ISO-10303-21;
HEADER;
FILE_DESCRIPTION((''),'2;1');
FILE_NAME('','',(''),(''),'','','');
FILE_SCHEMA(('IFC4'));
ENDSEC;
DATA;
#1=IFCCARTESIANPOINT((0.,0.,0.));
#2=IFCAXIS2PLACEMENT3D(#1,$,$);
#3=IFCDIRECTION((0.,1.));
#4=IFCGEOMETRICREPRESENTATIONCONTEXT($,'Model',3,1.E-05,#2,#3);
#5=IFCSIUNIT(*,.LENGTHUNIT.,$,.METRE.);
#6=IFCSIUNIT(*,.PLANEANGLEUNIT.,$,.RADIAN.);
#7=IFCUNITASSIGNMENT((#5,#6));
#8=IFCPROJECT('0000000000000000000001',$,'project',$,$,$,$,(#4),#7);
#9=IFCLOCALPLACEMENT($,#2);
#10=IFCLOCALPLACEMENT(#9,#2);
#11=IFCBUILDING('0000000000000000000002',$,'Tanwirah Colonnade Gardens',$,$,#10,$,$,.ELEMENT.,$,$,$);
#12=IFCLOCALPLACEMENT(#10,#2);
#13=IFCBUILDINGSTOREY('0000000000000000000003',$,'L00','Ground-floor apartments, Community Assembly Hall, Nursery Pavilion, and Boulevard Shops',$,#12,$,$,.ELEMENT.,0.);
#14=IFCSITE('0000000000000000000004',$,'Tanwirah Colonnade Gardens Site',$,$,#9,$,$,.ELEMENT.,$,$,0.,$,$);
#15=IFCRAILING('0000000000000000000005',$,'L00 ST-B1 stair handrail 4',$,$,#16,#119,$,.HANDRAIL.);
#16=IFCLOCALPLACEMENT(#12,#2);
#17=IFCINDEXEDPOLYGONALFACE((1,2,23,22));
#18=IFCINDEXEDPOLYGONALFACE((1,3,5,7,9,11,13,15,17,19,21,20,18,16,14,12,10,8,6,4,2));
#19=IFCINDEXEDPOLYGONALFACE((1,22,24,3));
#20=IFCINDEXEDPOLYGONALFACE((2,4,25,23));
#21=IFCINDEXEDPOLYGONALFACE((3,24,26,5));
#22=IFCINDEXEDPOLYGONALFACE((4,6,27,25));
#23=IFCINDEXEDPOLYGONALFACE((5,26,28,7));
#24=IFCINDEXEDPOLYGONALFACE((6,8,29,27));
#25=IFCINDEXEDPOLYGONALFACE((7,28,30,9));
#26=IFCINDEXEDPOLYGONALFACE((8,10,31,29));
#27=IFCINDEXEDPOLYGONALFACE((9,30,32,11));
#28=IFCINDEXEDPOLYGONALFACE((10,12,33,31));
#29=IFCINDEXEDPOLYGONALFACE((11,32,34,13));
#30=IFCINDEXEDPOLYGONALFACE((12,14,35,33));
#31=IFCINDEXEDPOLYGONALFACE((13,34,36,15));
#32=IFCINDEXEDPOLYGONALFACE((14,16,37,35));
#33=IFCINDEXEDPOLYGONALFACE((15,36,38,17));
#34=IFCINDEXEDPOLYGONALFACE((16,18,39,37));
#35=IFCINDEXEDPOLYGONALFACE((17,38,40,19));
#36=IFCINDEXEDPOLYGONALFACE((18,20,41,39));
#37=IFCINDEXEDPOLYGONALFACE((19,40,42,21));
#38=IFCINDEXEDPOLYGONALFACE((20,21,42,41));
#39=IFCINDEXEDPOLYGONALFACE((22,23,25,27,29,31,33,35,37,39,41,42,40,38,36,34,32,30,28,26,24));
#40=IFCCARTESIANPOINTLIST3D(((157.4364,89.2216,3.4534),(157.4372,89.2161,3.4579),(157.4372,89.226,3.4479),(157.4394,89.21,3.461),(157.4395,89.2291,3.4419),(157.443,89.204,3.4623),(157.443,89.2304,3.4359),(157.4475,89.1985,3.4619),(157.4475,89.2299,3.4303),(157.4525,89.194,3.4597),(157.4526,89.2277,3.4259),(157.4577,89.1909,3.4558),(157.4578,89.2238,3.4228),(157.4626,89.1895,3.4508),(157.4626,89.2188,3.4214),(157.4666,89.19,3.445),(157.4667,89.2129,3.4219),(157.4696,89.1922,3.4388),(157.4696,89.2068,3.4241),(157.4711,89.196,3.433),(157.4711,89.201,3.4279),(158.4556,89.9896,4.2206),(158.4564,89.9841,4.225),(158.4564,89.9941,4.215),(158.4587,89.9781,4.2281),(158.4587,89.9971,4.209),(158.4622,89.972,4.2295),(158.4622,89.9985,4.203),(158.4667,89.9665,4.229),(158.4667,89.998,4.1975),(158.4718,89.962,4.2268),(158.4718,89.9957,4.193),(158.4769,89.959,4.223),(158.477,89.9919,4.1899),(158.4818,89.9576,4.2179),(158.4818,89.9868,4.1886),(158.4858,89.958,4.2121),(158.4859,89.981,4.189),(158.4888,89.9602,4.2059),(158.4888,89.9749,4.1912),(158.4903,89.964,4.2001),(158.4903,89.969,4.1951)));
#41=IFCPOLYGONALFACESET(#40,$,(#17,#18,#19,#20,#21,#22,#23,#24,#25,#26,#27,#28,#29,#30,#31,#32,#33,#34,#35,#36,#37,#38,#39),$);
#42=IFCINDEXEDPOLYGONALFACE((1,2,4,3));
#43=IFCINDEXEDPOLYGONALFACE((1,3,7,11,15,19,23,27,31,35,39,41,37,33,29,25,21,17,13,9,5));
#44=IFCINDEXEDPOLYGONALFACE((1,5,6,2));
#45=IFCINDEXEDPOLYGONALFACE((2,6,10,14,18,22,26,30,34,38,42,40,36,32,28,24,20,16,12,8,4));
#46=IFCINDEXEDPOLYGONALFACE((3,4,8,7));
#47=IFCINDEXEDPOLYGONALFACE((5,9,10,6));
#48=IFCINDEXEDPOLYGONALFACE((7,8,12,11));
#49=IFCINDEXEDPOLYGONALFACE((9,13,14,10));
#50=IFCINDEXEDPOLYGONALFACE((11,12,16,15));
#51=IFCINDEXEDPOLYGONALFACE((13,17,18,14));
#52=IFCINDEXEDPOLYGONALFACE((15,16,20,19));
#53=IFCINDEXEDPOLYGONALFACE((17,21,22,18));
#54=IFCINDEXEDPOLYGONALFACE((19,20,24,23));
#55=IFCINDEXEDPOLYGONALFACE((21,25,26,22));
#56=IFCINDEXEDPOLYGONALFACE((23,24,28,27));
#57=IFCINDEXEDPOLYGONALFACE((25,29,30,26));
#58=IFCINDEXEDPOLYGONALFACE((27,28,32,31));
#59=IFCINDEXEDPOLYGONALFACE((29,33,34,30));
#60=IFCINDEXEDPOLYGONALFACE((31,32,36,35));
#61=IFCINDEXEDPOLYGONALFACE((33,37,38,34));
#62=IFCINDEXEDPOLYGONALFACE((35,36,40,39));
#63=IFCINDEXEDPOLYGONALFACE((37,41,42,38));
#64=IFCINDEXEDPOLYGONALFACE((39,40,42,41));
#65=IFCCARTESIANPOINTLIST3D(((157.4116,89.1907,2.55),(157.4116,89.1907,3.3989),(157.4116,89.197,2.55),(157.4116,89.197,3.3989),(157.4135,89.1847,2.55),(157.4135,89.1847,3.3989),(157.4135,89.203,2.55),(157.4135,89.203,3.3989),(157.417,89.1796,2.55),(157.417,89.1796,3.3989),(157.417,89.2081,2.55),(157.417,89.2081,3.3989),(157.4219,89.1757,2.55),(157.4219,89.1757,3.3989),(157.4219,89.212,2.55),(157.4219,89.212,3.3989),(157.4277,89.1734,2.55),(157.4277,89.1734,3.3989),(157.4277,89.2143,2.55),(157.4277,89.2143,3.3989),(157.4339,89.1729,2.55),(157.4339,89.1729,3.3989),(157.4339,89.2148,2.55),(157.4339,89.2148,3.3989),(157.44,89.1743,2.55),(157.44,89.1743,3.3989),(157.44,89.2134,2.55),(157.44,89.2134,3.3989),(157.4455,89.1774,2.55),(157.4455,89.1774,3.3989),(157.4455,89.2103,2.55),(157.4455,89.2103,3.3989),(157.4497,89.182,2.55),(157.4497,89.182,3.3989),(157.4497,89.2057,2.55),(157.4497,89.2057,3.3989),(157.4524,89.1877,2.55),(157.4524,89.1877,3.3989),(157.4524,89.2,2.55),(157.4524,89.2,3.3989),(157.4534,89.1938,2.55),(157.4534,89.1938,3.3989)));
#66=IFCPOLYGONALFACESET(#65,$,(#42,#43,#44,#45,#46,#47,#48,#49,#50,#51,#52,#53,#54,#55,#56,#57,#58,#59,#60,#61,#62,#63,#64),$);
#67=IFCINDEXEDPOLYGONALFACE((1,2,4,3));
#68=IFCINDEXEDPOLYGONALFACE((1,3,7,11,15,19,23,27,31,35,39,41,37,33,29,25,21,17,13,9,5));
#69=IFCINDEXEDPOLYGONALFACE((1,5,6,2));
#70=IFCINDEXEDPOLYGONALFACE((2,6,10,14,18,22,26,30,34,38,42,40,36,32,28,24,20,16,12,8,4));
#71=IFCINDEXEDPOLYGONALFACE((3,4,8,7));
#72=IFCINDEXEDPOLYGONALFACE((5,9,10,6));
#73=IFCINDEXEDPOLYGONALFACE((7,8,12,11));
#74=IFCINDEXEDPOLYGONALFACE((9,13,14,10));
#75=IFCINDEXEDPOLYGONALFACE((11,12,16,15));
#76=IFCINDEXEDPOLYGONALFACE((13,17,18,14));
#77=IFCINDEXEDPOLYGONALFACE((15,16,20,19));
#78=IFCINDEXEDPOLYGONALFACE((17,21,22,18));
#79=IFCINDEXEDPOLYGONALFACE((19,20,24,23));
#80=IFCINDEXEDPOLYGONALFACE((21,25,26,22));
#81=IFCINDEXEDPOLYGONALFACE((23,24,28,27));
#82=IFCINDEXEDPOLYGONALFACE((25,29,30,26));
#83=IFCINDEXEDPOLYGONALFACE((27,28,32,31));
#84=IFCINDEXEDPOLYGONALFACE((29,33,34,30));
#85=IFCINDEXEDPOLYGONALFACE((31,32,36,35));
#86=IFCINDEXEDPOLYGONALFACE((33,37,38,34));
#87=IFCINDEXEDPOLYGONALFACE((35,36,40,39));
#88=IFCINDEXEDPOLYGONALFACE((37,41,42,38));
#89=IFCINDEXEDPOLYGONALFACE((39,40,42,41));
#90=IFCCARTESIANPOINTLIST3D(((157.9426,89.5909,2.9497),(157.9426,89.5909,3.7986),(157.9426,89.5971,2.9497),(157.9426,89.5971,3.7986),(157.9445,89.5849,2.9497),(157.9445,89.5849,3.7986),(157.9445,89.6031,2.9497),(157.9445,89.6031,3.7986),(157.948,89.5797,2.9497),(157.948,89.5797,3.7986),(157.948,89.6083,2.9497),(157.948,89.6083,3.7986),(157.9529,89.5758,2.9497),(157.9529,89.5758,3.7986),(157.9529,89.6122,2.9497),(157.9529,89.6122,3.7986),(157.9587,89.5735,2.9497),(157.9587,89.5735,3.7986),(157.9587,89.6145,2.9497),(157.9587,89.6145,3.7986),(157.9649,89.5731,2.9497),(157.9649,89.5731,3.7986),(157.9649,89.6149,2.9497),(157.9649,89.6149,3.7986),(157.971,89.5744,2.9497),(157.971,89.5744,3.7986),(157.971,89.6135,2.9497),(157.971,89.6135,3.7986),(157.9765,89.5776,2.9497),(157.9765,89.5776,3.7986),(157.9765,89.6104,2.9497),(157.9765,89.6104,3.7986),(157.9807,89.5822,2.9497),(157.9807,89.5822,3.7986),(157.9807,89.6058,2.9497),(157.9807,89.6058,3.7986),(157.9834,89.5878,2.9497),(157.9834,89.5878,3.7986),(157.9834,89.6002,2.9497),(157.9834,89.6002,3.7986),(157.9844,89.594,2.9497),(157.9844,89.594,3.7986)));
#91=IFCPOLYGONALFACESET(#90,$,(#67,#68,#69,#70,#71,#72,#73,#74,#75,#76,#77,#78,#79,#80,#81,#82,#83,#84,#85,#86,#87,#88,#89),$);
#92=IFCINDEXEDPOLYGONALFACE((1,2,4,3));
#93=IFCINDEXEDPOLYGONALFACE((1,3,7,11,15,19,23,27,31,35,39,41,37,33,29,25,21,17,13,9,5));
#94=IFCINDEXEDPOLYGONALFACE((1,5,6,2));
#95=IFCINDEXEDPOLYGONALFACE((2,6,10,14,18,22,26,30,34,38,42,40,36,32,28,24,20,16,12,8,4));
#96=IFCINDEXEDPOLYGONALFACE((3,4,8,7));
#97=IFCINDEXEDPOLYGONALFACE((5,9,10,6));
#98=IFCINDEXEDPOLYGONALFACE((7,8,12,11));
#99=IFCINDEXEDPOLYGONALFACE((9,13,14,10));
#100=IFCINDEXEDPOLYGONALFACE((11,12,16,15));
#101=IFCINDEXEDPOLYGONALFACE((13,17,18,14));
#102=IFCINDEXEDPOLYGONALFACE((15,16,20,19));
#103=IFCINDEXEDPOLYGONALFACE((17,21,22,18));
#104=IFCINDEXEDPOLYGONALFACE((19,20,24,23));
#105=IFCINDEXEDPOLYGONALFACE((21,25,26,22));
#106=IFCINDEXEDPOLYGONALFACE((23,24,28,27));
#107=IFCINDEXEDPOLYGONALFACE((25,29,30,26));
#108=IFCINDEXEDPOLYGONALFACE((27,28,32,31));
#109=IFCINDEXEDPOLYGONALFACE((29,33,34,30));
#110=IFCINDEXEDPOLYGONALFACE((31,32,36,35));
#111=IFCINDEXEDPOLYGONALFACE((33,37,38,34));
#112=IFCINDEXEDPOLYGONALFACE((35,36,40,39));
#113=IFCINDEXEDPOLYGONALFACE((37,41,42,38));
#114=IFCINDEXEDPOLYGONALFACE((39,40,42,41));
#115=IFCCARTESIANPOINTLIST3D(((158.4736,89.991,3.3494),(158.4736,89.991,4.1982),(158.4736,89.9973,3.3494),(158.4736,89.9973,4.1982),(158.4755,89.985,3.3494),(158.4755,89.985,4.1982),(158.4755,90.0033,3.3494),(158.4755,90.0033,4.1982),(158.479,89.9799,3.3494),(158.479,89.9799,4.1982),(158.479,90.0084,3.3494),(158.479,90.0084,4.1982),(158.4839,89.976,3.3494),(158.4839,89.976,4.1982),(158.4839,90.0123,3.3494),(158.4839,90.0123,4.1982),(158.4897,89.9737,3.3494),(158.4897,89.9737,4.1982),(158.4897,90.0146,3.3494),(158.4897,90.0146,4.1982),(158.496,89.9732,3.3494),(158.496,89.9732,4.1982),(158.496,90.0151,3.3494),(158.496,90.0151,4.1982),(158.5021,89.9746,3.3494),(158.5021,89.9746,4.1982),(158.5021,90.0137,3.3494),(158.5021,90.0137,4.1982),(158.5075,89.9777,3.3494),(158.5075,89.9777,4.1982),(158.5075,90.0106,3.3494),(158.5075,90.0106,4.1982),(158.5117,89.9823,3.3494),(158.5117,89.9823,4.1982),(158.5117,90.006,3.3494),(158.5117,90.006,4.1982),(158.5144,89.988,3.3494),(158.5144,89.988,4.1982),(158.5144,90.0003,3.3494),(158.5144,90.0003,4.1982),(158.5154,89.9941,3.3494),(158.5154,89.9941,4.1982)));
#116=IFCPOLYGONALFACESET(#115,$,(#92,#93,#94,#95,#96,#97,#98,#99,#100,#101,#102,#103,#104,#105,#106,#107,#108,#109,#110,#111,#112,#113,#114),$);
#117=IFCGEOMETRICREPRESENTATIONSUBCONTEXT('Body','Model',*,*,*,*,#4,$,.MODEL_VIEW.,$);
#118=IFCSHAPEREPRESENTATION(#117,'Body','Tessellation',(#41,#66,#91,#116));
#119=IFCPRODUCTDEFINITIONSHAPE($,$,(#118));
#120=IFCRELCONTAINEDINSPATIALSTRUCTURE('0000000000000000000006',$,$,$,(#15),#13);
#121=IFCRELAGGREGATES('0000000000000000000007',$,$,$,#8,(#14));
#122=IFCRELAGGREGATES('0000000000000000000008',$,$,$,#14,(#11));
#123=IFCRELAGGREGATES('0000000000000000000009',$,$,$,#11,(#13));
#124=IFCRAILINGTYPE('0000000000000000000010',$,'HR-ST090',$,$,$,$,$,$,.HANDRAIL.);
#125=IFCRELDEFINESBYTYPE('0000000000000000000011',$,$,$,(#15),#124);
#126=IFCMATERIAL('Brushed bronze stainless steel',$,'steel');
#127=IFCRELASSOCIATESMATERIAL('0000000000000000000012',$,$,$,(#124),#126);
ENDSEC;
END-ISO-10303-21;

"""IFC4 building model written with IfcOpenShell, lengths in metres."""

from ifc_helpers import new_model, si_unit, direction, frame, origin, origin_2d, place, context, subcontext, project, spatial, circle, extrude, material, type_object, element, save


model = new_model("IFC4")

# Units and contexts
model_context = context("Model", 3, precision=1e-05, world=origin(), true_north=direction((0.0, 1.0)))
body_context = subcontext(model_context, "Body", "Model", "MODEL_VIEW")
ifc_project = project(units=[si_unit("LENGTHUNIT", "METRE"), si_unit("PLANEANGLEUNIT", "RADIAN")], contexts=[model_context])

# Site, building, storey
site_placement = place(None, origin())
site = spatial("IfcSite", under=ifc_project, at=site_placement, Name="Tanwirah Colonnade Gardens Site", CompositionType="ELEMENT", RefElevation=0.0)
building_placement = place(site_placement, origin())
building = spatial("IfcBuilding", under=site, at=building_placement, Name="Tanwirah Colonnade Gardens", CompositionType="ELEMENT")
storey_placement = place(building_placement, origin())
storey = spatial("IfcBuildingStorey", under=building, at=storey_placement, Name="L00", Description="Ground-floor apartments, Community Assembly Hall, Nursery Pavilion, and Boulevard Shops", CompositionType="ELEMENT", Elevation=0.0)

# Railing
ifc_material_1 = material(Name="Brushed bronze stainless steel", Category="steel")
railing_type = type_object("IfcRailingType", Name="HR-ST090", PredefinedType="HANDRAIL", material=ifc_material_1)
railing_1_placement = place(storey_placement, frame((157.4324, 89.1938, 2.55)))
element("IfcRailing", 1, at=railing_1_placement, inside=storey, type_object=railing_type, Name="L00 ST-B1 stair handrail 4", PredefinedType="HANDRAIL", context=body_context, shape_type="SweptSolid", body=[
    extrude(circle(Radius=0.0239, at=origin_2d()), frame((0.0215, 0.0161, 0.8918), z_axis=(0.684493, 0.515809, 0.51518), x_axis=(-0.60182, 0.798632, 0.0)), (0.0, 0.0, 1.0), 1.489),
    extrude(circle(Radius=0.021, at=origin_2d()), origin(), (0.0, 0.0, 1.0), 0.8489),
    extrude(circle(Radius=0.021, at=origin_2d()), frame((0.531, 0.4001, 0.3997)), (0.0, 0.0, 1.0), 0.8489),
    extrude(circle(Radius=0.021, at=origin_2d()), frame((1.062, 0.8003, 0.7993)), (0.0, 0.0, 1.0), 0.8489),
])

save(model, "model.ifc")
